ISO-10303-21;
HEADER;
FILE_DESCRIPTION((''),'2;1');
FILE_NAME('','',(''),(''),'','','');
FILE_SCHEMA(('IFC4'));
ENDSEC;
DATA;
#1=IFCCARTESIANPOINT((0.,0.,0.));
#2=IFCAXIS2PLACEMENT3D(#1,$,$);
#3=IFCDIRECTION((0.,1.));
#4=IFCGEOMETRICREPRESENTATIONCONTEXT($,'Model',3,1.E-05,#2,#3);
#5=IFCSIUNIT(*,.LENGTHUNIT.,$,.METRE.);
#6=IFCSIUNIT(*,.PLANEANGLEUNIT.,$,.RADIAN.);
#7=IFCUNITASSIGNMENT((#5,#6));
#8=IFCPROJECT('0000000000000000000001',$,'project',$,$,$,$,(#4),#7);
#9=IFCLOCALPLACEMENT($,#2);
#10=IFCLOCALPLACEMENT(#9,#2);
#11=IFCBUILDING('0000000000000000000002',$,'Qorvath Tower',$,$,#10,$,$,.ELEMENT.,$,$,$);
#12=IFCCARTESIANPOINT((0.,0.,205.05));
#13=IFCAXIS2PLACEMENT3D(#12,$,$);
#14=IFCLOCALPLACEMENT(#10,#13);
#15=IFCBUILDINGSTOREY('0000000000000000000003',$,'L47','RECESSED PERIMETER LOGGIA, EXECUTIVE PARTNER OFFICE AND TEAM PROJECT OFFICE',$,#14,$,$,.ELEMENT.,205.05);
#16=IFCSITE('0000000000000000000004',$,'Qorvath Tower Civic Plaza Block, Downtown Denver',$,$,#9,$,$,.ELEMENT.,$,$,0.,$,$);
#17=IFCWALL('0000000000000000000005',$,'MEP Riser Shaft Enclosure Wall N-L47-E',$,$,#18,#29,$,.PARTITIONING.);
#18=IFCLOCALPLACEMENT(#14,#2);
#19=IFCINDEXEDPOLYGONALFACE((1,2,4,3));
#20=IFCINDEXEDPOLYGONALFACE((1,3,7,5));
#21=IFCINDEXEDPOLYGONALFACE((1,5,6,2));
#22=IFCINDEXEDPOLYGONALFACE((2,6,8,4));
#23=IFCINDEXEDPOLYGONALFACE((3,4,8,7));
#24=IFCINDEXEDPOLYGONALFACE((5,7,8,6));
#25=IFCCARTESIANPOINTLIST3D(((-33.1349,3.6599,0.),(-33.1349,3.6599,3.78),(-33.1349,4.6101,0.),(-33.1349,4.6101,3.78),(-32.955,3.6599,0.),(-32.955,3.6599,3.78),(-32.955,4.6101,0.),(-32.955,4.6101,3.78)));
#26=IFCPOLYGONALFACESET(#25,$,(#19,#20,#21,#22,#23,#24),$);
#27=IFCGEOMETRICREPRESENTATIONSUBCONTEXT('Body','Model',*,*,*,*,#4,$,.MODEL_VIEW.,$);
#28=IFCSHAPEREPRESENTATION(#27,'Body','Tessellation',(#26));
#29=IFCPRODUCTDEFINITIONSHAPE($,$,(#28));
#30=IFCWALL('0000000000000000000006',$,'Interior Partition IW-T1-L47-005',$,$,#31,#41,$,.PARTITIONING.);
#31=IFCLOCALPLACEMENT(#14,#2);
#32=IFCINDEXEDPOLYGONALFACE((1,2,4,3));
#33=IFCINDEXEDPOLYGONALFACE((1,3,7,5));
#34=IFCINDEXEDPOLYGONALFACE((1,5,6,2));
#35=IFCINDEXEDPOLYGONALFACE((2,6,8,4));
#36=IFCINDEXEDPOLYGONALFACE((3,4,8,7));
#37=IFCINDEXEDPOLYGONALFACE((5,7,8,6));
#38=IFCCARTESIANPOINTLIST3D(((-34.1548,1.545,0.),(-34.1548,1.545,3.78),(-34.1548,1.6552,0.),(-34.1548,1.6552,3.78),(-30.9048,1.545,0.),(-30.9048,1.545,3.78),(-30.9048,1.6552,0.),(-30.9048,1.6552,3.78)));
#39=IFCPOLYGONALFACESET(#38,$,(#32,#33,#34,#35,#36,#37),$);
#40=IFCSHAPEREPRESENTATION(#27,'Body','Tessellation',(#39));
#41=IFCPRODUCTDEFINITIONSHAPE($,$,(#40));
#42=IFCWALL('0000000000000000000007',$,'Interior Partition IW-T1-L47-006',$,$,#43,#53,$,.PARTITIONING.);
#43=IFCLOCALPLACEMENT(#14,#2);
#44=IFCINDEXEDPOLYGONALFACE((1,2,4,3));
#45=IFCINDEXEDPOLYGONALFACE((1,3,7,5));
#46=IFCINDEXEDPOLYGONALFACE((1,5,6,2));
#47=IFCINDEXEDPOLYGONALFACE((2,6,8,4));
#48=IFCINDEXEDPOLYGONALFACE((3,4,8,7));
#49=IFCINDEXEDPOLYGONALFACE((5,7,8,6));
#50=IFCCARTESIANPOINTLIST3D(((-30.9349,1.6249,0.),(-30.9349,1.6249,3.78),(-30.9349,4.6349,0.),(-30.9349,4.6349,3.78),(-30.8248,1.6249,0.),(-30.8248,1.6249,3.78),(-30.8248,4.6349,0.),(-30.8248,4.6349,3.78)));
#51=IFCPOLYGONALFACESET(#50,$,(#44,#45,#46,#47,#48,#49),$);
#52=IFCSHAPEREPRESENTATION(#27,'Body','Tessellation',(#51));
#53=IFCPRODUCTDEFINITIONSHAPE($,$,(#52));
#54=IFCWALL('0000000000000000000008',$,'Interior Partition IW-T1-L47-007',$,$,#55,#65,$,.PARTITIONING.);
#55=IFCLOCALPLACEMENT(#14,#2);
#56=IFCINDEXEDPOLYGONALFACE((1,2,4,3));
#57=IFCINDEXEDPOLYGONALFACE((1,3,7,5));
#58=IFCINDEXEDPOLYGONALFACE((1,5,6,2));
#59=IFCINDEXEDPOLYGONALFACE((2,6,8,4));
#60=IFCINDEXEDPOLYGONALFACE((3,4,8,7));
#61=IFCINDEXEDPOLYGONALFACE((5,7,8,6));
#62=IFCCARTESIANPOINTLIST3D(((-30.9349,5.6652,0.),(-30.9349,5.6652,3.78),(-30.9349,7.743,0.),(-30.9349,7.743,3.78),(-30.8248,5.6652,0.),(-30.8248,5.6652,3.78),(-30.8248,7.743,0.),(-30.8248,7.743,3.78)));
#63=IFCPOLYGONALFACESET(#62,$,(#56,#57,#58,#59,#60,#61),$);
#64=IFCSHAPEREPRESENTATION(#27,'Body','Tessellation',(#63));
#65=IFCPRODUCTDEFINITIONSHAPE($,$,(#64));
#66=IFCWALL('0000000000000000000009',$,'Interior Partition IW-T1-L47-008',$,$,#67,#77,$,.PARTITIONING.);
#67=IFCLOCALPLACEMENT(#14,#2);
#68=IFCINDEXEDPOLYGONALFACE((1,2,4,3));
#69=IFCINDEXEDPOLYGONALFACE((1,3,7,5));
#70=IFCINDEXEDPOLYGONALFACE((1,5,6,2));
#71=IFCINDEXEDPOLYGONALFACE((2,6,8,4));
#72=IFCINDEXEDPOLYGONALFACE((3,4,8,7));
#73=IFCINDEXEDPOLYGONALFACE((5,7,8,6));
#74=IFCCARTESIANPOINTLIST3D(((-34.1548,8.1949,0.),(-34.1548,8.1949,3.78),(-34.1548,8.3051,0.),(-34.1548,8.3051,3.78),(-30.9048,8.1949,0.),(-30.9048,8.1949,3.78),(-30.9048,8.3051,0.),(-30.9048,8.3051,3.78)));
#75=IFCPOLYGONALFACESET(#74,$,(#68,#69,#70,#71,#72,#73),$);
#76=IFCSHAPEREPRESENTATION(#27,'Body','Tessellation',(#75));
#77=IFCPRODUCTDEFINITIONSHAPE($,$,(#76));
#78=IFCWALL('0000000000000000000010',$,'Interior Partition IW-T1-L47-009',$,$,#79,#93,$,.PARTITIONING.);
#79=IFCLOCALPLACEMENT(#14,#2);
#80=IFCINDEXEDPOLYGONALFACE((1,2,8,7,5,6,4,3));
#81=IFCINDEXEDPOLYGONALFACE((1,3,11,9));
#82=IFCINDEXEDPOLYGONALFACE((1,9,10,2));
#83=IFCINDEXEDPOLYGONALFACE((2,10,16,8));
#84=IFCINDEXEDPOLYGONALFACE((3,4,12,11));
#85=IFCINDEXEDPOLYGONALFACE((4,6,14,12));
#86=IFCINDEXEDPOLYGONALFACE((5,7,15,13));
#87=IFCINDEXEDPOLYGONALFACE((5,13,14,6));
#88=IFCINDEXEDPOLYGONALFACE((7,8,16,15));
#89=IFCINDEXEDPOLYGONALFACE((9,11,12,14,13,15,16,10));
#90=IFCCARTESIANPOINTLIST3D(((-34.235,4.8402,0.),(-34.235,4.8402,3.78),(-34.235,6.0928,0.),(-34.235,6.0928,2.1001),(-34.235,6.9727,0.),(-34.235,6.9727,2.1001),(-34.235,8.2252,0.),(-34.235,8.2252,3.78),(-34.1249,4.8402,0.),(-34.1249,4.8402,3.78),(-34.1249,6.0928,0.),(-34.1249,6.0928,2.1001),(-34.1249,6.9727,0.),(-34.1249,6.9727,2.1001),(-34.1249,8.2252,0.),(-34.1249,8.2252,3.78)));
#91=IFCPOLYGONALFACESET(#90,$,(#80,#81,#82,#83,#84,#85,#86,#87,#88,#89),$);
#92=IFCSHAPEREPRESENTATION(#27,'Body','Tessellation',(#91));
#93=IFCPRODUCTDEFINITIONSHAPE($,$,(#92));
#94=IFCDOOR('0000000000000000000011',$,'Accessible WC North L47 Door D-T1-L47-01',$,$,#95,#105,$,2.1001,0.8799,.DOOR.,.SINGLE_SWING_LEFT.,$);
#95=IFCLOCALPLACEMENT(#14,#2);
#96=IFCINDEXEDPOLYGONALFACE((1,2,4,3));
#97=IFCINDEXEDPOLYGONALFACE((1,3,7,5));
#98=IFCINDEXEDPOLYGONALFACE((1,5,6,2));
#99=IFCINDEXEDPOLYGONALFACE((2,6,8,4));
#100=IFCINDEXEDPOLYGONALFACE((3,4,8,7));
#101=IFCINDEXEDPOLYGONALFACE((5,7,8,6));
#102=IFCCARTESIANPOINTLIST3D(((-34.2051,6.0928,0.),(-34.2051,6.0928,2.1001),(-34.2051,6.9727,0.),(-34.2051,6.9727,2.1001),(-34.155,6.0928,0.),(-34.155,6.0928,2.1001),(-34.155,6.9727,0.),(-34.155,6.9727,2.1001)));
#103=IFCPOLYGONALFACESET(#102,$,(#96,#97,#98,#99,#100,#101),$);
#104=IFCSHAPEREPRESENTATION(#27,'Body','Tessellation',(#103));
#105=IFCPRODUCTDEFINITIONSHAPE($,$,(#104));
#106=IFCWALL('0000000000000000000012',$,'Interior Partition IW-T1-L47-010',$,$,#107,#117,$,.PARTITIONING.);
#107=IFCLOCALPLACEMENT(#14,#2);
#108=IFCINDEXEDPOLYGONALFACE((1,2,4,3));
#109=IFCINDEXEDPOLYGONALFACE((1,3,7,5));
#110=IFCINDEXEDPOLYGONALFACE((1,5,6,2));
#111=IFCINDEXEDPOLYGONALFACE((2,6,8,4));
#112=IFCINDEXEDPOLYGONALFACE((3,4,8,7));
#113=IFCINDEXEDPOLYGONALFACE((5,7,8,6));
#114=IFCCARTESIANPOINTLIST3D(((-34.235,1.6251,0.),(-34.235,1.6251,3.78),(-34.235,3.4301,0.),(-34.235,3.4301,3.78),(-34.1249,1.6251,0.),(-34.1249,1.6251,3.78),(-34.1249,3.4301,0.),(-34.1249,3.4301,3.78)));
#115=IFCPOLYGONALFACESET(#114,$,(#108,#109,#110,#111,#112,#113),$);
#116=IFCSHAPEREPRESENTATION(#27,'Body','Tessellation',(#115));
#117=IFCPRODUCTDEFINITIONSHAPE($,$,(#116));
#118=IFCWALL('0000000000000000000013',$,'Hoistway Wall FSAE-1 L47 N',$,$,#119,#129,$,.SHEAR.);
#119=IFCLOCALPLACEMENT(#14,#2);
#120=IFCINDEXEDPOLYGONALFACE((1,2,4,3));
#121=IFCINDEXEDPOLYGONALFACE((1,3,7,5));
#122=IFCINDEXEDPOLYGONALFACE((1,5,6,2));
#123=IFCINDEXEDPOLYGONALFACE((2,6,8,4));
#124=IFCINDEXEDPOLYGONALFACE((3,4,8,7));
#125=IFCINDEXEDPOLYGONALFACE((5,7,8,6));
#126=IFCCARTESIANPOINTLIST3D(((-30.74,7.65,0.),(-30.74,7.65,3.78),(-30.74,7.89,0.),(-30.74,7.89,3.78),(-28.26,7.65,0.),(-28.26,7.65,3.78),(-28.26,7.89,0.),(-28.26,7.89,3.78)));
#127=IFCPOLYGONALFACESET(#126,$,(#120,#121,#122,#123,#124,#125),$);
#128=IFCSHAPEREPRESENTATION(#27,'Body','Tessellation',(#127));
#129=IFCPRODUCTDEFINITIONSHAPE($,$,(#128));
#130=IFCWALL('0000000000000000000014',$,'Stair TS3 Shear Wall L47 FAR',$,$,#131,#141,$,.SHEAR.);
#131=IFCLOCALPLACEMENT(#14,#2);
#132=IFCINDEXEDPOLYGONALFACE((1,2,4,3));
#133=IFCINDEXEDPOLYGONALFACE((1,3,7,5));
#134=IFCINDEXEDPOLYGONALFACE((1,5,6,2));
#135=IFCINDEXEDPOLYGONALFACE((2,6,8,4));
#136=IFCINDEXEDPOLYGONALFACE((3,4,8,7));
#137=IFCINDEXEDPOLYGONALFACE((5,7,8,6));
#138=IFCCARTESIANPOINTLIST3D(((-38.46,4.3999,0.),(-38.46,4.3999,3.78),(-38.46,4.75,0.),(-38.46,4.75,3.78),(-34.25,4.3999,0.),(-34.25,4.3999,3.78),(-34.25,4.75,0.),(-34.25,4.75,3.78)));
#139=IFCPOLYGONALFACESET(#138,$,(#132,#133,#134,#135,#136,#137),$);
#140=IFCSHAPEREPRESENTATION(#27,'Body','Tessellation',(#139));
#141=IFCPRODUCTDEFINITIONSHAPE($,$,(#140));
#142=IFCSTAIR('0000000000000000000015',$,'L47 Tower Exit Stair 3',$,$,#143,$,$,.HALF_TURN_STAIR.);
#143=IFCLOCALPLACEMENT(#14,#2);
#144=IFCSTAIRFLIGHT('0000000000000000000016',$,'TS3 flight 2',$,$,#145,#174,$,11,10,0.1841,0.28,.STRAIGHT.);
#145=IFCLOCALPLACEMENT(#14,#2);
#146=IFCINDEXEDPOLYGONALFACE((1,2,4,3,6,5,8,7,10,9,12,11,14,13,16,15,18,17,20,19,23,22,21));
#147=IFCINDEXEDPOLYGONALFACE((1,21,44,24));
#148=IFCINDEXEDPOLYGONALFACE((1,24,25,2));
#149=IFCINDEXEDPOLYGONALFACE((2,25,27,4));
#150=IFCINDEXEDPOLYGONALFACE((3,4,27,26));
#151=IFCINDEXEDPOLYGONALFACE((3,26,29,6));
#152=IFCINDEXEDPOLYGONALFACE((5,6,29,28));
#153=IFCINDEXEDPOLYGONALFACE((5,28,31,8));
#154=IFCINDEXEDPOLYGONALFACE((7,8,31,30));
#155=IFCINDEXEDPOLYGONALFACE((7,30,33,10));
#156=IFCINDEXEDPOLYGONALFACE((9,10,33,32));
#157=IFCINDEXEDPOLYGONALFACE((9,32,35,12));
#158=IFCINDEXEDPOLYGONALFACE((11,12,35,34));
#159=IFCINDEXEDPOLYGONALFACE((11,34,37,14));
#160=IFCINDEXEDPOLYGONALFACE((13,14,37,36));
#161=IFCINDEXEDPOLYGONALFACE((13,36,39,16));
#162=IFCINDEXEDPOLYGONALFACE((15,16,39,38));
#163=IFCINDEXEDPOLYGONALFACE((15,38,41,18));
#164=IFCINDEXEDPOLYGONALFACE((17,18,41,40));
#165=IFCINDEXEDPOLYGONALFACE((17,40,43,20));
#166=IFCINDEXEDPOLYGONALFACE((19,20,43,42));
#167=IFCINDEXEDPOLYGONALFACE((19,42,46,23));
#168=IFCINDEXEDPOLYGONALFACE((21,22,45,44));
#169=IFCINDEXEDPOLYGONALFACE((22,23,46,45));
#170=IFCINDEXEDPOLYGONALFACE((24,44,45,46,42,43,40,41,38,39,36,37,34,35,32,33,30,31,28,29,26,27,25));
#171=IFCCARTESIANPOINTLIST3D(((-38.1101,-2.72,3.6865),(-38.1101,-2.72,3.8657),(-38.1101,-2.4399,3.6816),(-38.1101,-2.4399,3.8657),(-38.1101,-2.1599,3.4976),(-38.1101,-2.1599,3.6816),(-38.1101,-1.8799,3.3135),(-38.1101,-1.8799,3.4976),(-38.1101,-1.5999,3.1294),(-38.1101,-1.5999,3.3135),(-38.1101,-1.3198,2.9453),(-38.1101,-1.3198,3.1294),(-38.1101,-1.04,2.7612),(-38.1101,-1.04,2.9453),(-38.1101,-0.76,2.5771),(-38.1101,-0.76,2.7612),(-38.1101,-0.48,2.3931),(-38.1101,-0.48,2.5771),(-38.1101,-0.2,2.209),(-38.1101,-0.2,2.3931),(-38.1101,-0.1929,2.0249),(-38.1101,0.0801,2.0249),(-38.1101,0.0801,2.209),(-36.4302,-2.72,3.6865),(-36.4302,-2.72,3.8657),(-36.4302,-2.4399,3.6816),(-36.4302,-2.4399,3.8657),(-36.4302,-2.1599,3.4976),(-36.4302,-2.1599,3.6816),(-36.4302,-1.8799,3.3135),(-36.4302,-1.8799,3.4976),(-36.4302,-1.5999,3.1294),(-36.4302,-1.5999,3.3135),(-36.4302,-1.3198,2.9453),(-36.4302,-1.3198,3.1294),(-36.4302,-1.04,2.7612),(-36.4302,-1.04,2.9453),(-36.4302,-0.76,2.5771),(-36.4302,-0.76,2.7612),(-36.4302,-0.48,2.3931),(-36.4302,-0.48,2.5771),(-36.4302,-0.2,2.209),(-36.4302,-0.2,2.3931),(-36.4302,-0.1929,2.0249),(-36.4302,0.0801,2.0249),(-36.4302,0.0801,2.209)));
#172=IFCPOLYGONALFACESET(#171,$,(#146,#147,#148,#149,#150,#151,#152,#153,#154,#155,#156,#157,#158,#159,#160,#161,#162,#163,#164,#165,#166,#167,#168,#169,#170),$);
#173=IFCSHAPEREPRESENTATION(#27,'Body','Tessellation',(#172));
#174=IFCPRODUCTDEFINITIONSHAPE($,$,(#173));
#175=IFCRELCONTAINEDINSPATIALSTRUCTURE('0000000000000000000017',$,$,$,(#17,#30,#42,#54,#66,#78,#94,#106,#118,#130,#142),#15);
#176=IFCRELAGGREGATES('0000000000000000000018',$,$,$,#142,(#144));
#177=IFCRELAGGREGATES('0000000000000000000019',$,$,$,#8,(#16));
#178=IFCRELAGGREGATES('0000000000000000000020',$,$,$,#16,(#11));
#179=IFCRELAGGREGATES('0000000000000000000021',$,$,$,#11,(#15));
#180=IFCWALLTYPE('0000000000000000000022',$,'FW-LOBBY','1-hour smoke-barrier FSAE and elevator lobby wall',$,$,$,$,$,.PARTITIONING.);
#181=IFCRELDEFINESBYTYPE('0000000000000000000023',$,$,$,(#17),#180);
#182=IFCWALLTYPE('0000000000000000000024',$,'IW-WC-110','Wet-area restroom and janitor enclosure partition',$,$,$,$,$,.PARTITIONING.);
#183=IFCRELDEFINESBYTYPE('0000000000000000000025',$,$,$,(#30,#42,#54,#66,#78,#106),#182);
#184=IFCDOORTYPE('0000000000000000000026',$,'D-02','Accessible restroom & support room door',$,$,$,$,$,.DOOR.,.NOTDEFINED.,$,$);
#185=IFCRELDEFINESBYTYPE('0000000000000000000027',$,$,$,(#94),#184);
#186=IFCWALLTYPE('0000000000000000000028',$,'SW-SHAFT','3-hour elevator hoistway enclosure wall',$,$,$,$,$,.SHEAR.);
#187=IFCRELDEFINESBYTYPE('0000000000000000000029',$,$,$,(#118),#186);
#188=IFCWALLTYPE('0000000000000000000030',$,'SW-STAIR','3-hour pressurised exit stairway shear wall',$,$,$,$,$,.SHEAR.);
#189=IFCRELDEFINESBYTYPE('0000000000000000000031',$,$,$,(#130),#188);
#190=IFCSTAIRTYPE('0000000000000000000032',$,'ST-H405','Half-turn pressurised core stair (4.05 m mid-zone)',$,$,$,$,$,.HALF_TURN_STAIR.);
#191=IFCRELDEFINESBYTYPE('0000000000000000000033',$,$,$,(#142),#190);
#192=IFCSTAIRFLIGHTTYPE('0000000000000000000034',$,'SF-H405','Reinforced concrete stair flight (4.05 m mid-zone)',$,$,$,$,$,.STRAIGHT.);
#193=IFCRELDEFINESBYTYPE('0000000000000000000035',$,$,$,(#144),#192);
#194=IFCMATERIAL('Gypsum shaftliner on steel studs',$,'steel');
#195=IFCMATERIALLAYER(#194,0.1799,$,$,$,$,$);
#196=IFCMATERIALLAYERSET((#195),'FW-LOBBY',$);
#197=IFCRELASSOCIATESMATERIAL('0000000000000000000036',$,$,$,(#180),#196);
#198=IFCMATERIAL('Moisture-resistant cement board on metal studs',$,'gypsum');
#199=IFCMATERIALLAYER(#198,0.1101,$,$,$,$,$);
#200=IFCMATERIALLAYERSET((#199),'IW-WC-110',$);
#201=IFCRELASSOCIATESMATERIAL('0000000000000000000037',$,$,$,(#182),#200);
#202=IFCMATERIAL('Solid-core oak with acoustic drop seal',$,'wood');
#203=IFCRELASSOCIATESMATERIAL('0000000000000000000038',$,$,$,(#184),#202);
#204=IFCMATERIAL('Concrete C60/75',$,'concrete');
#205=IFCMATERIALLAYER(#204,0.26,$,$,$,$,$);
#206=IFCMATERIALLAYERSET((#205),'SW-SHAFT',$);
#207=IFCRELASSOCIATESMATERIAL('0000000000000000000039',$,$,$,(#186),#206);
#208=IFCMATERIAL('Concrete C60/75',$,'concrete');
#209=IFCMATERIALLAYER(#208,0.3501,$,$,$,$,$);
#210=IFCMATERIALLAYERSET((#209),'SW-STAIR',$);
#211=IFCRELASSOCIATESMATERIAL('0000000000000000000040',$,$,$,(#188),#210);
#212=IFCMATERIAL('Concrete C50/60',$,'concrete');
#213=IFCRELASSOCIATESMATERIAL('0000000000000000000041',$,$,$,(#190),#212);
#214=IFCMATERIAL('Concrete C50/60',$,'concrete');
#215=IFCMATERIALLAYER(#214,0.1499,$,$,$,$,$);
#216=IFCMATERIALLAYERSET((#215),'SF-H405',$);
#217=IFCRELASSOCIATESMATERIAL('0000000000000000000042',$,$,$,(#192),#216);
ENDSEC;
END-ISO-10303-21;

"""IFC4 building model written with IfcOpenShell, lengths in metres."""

from ifc_helpers import new_model, si_unit, direction, frame, frame_2d, origin, place, context, subcontext, project, spatial, polyline, rectangle, outline, extrude, material, layer, layer_set, type_object, element, fill, aggregate, save


model = new_model("IFC4")

# Units and contexts
model_context = context("Model", 3, precision=1e-05, world=origin(), true_north=direction((0.0, 1.0)))
body_context = subcontext(model_context, "Body", "Model", "MODEL_VIEW")
ifc_project = project(units=[si_unit("LENGTHUNIT", "METRE"), si_unit("PLANEANGLEUNIT", "RADIAN")], contexts=[model_context])

# Site, building, storey
site_placement = place(None, origin())
site = spatial("IfcSite", under=ifc_project, at=site_placement, Name="Qorvath Tower Civic Plaza Block, Downtown Denver", CompositionType="ELEMENT", RefElevation=0.0)
building_placement = place(site_placement, origin())
building = spatial("IfcBuilding", under=site, at=building_placement, Name="Qorvath Tower", CompositionType="ELEMENT")
storey_placement = place(building_placement, frame((0.0, 0.0, 205.05)))
storey = spatial("IfcBuildingStorey", under=building, at=storey_placement, Name="L47", Description="RECESSED PERIMETER LOGGIA, EXECUTIVE PARTNER OFFICE AND TEAM PROJECT OFFICE", CompositionType="ELEMENT", Elevation=205.05)

# Walls
ifc_material_1 = material(Name="Gypsum shaftliner on steel studs", Category="steel")
ifc_layer_1 = layer(ifc_material_1, 0.1799)
ifc_layer_set_1 = layer_set([ifc_layer_1], Name="FW-LOBBY")
wall_type_1 = type_object("IfcWallType", Name="FW-LOBBY", Description="1-hour smoke-barrier FSAE and elevator lobby wall", PredefinedType="PARTITIONING", material=ifc_layer_set_1)
for number, where, z_axis, x_axis, name in (
    (1, (-33.0449, 4.6101, 0.0), (0.0, 0.0, 1.0), (0.0, -1.0, 0.0), "MEP Riser Shaft Enclosure Wall N-L47-E"),
):
    element("IfcWall", number, at=place(storey_placement, frame(where, z_axis=z_axis, x_axis=x_axis)), inside=storey, type_object=wall_type_1, Name=name, PredefinedType="PARTITIONING", context=body_context, shape_type="SweptSolid", body=[
        extrude(rectangle(XDim=0.9502, YDim=0.1799, at=frame_2d((0.4751, 0.0))), origin(), (0.0, 0.0, 1.0), 3.78),
    ])
ifc_material_2 = material(Name="Moisture-resistant cement board on metal studs", Category="gypsum")
ifc_layer_2 = layer(ifc_material_2, 0.1101)
ifc_layer_set_2 = layer_set([ifc_layer_2], Name="IW-WC-110")
wall_type_2 = type_object("IfcWallType", Name="IW-WC-110", Description="Wet-area restroom and janitor enclosure partition", PredefinedType="PARTITIONING", material=ifc_layer_set_2)
wall_1_placement = place(storey_placement, frame((-34.1548, 1.6001, 0.0), z_axis=(0.0, 0.0, 1.0), x_axis=(1.0, 0.0, 0.0)))
element("IfcWall", 2, at=wall_1_placement, inside=storey, type_object=wall_type_2, Name="Interior Partition IW-T1-L47-005", PredefinedType="PARTITIONING", context=body_context, shape_type="SweptSolid", body=[
    extrude(rectangle(XDim=3.25, YDim=0.1101, at=frame_2d((1.625, 0.0))), origin(), (0.0, 0.0, 1.0), 3.78),
])
wall_2_placement = place(storey_placement, frame((-30.8799, 1.625, 0.0), z_axis=(0.0, 0.0, 1.0), x_axis=(0.0, 1.0, 0.0)))
element("IfcWall", 3, at=wall_2_placement, inside=storey, type_object=wall_type_2, Name="Interior Partition IW-T1-L47-006", PredefinedType="PARTITIONING", context=body_context, shape_type="SweptSolid", body=[
    extrude(rectangle(XDim=3.01, YDim=0.1101, at=frame_2d((1.5049, 0.0))), origin(), (0.0, 0.0, 1.0), 3.78),
])
wall_3_placement = place(storey_placement, frame((-30.8799, 5.665, 0.0), z_axis=(0.0, 0.0, 1.0), x_axis=(0.0, 1.0, 0.0)))
element("IfcWall", 4, at=wall_3_placement, inside=storey, type_object=wall_type_2, Name="Interior Partition IW-T1-L47-007", PredefinedType="PARTITIONING", context=body_context, shape_type="SweptSolid", body=[
    extrude(rectangle(XDim=2.0779, YDim=0.1101, at=frame_2d((1.0391, 0.0))), origin(), (0.0, 0.0, 1.0), 3.78),
])
wall_4_placement = place(storey_placement, frame((-30.9048, 8.25, 0.0), z_axis=(0.0, 0.0, 1.0), x_axis=(-1.0, 0.0, 0.0)))
element("IfcWall", 5, at=wall_4_placement, inside=storey, type_object=wall_type_2, Name="Interior Partition IW-T1-L47-008", PredefinedType="PARTITIONING", context=body_context, shape_type="SweptSolid", body=[
    extrude(rectangle(XDim=3.25, YDim=0.1101, at=frame_2d((1.625, 0.0))), origin(), (0.0, 0.0, 1.0), 3.78),
])

# Wall, opening, door
wall_5_placement = place(storey_placement, frame((-34.1799, 8.2251, 0.0), z_axis=(0.0, 0.0, 1.0), x_axis=(0.0, -1.0, 0.0)))
wall_5 = element("IfcWall", 6, at=wall_5_placement, inside=storey, type_object=wall_type_2, Name="Interior Partition IW-T1-L47-009", PredefinedType="PARTITIONING", context=body_context, shape_type="SweptSolid", body=[
    extrude(rectangle(XDim=3.385, YDim=0.1101, at=frame_2d((1.6924, 0.0))), origin(), (0.0, 0.0, 1.0), 3.78),
])
opening_placement = place(wall_5_placement, frame((1.2524, 0.0, 0.0)))
opening = element("IfcOpeningElement", 7, at=opening_placement, cuts=wall_5, PredefinedType="OPENING", context=body_context, shape_type="SweptSolid", body=[
    extrude(rectangle(XDim=0.8799, YDim=2.1001, at=frame_2d((0.4399, 1.05))), frame((0.0, 0.0649, 0.0), z_axis=(0.0, -1.0, 0.0), x_axis=(1.0, 0.0, 0.0)), (0.0, 0.0, 1.0), 0.1301),
])
ifc_material_3 = material(Name="Solid-core oak with acoustic drop seal", Category="wood")
door_type = type_object("IfcDoorType", Name="D-02", Description="Accessible restroom & support room door", OperationType="NOTDEFINED", PredefinedType="DOOR", material=ifc_material_3)
door_placement = place(opening_placement, origin())
door = element("IfcDoor", 8, at=door_placement, inside=storey, type_object=door_type, Name="Accessible WC North L47 Door D-T1-L47-01", OperationType="SINGLE_SWING_LEFT", OverallHeight=2.1001, OverallWidth=0.8799, PredefinedType="DOOR", context=body_context, shape_type="SweptSolid", body=[
    extrude(rectangle(XDim=0.8799, YDim=2.1001, at=frame_2d((0.4399, 1.05))), frame((0.0, 0.0249, 0.0), z_axis=(0.0, -1.0, 0.0), x_axis=(1.0, 0.0, 0.0)), (0.0, 0.0, 1.0), 0.05),
])
fill(opening, door)

# Walls
wall_6_placement = place(storey_placement, frame((-34.1799, 3.4299, 0.0), z_axis=(0.0, 0.0, 1.0), x_axis=(0.0, -1.0, 0.0)))
element("IfcWall", 9, at=wall_6_placement, inside=storey, type_object=wall_type_2, Name="Interior Partition IW-T1-L47-010", PredefinedType="PARTITIONING", context=body_context, shape_type="SweptSolid", body=[
    extrude(rectangle(XDim=1.8049, YDim=0.1101, at=frame_2d((0.9023, 0.0))), origin(), (0.0, 0.0, 1.0), 3.78),
])
ifc_material_4 = material(Name="Concrete C60/75", Category="concrete")
ifc_layer_3 = layer(ifc_material_4, 0.26)
ifc_layer_set_3 = layer_set([ifc_layer_3], Name="SW-SHAFT")
wall_type_3 = type_object("IfcWallType", Name="SW-SHAFT", Description="3-hour elevator hoistway enclosure wall", PredefinedType="SHEAR", material=ifc_layer_set_3)
wall_7_placement = place(storey_placement, frame((-30.74, 7.77, 0.0), z_axis=(0.0, 0.0, 1.0), x_axis=(1.0, 0.0, 0.0)))
element("IfcWall", 10, at=wall_7_placement, inside=storey, type_object=wall_type_3, Name="Hoistway Wall FSAE-1 L47 N", PredefinedType="SHEAR", context=body_context, shape_type="SweptSolid", body=[
    extrude(rectangle(XDim=2.48, YDim=0.24, at=frame_2d((1.24, 0.0))), origin(), (0.0, 0.0, 1.0), 3.78),
])
ifc_material_5 = material(Name="Concrete C60/75", Category="concrete")
ifc_layer_4 = layer(ifc_material_5, 0.3501)
ifc_layer_set_4 = layer_set([ifc_layer_4], Name="SW-STAIR")
wall_type_4 = type_object("IfcWallType", Name="SW-STAIR", Description="3-hour pressurised exit stairway shear wall", PredefinedType="SHEAR", material=ifc_layer_set_4)
wall_8_placement = place(storey_placement, frame((-34.25, 4.575, 0.0), z_axis=(0.0, 0.0, 1.0), x_axis=(-1.0, 0.0, 0.0)))
element("IfcWall", 11, at=wall_8_placement, inside=storey, type_object=wall_type_4, Name="Stair TS3 Shear Wall L47 FAR", PredefinedType="SHEAR", context=body_context, shape_type="SweptSolid", body=[
    extrude(rectangle(XDim=4.21, YDim=0.3501, at=frame_2d((2.105, 0.0))), origin(), (0.0, 0.0, 1.0), 3.78),
])

# Stair, stair flight
ifc_material_6 = material(Name="Concrete C50/60", Category="concrete")
stair_type = type_object("IfcStairType", Name="ST-H405", Description="Half-turn pressurised core stair (4.05 m mid-zone)", PredefinedType="HALF_TURN_STAIR", material=ifc_material_6)
stair_placement = place(storey_placement, origin())
stair = element("IfcStair", 12, at=stair_placement, inside=storey, type_object=stair_type, Name="L47 Tower Exit Stair 3", PredefinedType="HALF_TURN_STAIR")
ifc_material_7 = material(Name="Concrete C50/60", Category="concrete")
ifc_layer_5 = layer(ifc_material_7, 0.1499)
ifc_layer_set_5 = layer_set([ifc_layer_5], Name="SF-H405")
stair_flight_type = type_object("IfcStairFlightType", Name="SF-H405", Description="Reinforced concrete stair flight (4.05 m mid-zone)", PredefinedType="STRAIGHT", material=ifc_layer_set_5)
stair_flight_placement = place(storey_placement, frame((-37.27, 0.0801, 2.0249), z_axis=(0.0, 0.0, 1.0), x_axis=(0.0, -1.0, 0.0)))
stair_flight = element("IfcStairFlight", 13, at=stair_flight_placement, type_object=stair_flight_type, Name="TS3 flight 2", NumberOfRisers=11, NumberOfTreads=10, PredefinedType="STRAIGHT", RiserHeight=0.1841, TreadLength=0.28, context=body_context, shape_type="SweptSolid", body=[
    extrude(outline(polyline([(0.0, 0.0), (0.0, 0.1841), (0.28, 0.1841), (0.28, 0.3682), (0.5601, 0.3682), (0.5601, 0.5522), (0.8401, 0.5522), (0.8401, 0.7363), (1.1201, 0.7363), (1.1201, 0.9204), (1.3999, 0.9204), (1.3999, 1.1045), (1.6799, 1.1045), (1.6799, 1.2886), (1.96, 1.2886), (1.96, 1.4727), (2.24, 1.4727), (2.24, 1.6567), (2.52, 1.6567), (2.52, 1.8408), (2.8, 1.8408), (2.8, 2.0249), (2.8, 1.6616), (0.2729, 0.0), (0.0, 0.0)])), frame((0.0, 0.8398, 0.0), z_axis=(0.0, -1.0, 0.0), x_axis=(1.0, 0.0, 0.0)), (0.0, 0.0, 1.0), 1.6799),
])
aggregate(stair, [stair_flight])

save(model, "model.ifc")
